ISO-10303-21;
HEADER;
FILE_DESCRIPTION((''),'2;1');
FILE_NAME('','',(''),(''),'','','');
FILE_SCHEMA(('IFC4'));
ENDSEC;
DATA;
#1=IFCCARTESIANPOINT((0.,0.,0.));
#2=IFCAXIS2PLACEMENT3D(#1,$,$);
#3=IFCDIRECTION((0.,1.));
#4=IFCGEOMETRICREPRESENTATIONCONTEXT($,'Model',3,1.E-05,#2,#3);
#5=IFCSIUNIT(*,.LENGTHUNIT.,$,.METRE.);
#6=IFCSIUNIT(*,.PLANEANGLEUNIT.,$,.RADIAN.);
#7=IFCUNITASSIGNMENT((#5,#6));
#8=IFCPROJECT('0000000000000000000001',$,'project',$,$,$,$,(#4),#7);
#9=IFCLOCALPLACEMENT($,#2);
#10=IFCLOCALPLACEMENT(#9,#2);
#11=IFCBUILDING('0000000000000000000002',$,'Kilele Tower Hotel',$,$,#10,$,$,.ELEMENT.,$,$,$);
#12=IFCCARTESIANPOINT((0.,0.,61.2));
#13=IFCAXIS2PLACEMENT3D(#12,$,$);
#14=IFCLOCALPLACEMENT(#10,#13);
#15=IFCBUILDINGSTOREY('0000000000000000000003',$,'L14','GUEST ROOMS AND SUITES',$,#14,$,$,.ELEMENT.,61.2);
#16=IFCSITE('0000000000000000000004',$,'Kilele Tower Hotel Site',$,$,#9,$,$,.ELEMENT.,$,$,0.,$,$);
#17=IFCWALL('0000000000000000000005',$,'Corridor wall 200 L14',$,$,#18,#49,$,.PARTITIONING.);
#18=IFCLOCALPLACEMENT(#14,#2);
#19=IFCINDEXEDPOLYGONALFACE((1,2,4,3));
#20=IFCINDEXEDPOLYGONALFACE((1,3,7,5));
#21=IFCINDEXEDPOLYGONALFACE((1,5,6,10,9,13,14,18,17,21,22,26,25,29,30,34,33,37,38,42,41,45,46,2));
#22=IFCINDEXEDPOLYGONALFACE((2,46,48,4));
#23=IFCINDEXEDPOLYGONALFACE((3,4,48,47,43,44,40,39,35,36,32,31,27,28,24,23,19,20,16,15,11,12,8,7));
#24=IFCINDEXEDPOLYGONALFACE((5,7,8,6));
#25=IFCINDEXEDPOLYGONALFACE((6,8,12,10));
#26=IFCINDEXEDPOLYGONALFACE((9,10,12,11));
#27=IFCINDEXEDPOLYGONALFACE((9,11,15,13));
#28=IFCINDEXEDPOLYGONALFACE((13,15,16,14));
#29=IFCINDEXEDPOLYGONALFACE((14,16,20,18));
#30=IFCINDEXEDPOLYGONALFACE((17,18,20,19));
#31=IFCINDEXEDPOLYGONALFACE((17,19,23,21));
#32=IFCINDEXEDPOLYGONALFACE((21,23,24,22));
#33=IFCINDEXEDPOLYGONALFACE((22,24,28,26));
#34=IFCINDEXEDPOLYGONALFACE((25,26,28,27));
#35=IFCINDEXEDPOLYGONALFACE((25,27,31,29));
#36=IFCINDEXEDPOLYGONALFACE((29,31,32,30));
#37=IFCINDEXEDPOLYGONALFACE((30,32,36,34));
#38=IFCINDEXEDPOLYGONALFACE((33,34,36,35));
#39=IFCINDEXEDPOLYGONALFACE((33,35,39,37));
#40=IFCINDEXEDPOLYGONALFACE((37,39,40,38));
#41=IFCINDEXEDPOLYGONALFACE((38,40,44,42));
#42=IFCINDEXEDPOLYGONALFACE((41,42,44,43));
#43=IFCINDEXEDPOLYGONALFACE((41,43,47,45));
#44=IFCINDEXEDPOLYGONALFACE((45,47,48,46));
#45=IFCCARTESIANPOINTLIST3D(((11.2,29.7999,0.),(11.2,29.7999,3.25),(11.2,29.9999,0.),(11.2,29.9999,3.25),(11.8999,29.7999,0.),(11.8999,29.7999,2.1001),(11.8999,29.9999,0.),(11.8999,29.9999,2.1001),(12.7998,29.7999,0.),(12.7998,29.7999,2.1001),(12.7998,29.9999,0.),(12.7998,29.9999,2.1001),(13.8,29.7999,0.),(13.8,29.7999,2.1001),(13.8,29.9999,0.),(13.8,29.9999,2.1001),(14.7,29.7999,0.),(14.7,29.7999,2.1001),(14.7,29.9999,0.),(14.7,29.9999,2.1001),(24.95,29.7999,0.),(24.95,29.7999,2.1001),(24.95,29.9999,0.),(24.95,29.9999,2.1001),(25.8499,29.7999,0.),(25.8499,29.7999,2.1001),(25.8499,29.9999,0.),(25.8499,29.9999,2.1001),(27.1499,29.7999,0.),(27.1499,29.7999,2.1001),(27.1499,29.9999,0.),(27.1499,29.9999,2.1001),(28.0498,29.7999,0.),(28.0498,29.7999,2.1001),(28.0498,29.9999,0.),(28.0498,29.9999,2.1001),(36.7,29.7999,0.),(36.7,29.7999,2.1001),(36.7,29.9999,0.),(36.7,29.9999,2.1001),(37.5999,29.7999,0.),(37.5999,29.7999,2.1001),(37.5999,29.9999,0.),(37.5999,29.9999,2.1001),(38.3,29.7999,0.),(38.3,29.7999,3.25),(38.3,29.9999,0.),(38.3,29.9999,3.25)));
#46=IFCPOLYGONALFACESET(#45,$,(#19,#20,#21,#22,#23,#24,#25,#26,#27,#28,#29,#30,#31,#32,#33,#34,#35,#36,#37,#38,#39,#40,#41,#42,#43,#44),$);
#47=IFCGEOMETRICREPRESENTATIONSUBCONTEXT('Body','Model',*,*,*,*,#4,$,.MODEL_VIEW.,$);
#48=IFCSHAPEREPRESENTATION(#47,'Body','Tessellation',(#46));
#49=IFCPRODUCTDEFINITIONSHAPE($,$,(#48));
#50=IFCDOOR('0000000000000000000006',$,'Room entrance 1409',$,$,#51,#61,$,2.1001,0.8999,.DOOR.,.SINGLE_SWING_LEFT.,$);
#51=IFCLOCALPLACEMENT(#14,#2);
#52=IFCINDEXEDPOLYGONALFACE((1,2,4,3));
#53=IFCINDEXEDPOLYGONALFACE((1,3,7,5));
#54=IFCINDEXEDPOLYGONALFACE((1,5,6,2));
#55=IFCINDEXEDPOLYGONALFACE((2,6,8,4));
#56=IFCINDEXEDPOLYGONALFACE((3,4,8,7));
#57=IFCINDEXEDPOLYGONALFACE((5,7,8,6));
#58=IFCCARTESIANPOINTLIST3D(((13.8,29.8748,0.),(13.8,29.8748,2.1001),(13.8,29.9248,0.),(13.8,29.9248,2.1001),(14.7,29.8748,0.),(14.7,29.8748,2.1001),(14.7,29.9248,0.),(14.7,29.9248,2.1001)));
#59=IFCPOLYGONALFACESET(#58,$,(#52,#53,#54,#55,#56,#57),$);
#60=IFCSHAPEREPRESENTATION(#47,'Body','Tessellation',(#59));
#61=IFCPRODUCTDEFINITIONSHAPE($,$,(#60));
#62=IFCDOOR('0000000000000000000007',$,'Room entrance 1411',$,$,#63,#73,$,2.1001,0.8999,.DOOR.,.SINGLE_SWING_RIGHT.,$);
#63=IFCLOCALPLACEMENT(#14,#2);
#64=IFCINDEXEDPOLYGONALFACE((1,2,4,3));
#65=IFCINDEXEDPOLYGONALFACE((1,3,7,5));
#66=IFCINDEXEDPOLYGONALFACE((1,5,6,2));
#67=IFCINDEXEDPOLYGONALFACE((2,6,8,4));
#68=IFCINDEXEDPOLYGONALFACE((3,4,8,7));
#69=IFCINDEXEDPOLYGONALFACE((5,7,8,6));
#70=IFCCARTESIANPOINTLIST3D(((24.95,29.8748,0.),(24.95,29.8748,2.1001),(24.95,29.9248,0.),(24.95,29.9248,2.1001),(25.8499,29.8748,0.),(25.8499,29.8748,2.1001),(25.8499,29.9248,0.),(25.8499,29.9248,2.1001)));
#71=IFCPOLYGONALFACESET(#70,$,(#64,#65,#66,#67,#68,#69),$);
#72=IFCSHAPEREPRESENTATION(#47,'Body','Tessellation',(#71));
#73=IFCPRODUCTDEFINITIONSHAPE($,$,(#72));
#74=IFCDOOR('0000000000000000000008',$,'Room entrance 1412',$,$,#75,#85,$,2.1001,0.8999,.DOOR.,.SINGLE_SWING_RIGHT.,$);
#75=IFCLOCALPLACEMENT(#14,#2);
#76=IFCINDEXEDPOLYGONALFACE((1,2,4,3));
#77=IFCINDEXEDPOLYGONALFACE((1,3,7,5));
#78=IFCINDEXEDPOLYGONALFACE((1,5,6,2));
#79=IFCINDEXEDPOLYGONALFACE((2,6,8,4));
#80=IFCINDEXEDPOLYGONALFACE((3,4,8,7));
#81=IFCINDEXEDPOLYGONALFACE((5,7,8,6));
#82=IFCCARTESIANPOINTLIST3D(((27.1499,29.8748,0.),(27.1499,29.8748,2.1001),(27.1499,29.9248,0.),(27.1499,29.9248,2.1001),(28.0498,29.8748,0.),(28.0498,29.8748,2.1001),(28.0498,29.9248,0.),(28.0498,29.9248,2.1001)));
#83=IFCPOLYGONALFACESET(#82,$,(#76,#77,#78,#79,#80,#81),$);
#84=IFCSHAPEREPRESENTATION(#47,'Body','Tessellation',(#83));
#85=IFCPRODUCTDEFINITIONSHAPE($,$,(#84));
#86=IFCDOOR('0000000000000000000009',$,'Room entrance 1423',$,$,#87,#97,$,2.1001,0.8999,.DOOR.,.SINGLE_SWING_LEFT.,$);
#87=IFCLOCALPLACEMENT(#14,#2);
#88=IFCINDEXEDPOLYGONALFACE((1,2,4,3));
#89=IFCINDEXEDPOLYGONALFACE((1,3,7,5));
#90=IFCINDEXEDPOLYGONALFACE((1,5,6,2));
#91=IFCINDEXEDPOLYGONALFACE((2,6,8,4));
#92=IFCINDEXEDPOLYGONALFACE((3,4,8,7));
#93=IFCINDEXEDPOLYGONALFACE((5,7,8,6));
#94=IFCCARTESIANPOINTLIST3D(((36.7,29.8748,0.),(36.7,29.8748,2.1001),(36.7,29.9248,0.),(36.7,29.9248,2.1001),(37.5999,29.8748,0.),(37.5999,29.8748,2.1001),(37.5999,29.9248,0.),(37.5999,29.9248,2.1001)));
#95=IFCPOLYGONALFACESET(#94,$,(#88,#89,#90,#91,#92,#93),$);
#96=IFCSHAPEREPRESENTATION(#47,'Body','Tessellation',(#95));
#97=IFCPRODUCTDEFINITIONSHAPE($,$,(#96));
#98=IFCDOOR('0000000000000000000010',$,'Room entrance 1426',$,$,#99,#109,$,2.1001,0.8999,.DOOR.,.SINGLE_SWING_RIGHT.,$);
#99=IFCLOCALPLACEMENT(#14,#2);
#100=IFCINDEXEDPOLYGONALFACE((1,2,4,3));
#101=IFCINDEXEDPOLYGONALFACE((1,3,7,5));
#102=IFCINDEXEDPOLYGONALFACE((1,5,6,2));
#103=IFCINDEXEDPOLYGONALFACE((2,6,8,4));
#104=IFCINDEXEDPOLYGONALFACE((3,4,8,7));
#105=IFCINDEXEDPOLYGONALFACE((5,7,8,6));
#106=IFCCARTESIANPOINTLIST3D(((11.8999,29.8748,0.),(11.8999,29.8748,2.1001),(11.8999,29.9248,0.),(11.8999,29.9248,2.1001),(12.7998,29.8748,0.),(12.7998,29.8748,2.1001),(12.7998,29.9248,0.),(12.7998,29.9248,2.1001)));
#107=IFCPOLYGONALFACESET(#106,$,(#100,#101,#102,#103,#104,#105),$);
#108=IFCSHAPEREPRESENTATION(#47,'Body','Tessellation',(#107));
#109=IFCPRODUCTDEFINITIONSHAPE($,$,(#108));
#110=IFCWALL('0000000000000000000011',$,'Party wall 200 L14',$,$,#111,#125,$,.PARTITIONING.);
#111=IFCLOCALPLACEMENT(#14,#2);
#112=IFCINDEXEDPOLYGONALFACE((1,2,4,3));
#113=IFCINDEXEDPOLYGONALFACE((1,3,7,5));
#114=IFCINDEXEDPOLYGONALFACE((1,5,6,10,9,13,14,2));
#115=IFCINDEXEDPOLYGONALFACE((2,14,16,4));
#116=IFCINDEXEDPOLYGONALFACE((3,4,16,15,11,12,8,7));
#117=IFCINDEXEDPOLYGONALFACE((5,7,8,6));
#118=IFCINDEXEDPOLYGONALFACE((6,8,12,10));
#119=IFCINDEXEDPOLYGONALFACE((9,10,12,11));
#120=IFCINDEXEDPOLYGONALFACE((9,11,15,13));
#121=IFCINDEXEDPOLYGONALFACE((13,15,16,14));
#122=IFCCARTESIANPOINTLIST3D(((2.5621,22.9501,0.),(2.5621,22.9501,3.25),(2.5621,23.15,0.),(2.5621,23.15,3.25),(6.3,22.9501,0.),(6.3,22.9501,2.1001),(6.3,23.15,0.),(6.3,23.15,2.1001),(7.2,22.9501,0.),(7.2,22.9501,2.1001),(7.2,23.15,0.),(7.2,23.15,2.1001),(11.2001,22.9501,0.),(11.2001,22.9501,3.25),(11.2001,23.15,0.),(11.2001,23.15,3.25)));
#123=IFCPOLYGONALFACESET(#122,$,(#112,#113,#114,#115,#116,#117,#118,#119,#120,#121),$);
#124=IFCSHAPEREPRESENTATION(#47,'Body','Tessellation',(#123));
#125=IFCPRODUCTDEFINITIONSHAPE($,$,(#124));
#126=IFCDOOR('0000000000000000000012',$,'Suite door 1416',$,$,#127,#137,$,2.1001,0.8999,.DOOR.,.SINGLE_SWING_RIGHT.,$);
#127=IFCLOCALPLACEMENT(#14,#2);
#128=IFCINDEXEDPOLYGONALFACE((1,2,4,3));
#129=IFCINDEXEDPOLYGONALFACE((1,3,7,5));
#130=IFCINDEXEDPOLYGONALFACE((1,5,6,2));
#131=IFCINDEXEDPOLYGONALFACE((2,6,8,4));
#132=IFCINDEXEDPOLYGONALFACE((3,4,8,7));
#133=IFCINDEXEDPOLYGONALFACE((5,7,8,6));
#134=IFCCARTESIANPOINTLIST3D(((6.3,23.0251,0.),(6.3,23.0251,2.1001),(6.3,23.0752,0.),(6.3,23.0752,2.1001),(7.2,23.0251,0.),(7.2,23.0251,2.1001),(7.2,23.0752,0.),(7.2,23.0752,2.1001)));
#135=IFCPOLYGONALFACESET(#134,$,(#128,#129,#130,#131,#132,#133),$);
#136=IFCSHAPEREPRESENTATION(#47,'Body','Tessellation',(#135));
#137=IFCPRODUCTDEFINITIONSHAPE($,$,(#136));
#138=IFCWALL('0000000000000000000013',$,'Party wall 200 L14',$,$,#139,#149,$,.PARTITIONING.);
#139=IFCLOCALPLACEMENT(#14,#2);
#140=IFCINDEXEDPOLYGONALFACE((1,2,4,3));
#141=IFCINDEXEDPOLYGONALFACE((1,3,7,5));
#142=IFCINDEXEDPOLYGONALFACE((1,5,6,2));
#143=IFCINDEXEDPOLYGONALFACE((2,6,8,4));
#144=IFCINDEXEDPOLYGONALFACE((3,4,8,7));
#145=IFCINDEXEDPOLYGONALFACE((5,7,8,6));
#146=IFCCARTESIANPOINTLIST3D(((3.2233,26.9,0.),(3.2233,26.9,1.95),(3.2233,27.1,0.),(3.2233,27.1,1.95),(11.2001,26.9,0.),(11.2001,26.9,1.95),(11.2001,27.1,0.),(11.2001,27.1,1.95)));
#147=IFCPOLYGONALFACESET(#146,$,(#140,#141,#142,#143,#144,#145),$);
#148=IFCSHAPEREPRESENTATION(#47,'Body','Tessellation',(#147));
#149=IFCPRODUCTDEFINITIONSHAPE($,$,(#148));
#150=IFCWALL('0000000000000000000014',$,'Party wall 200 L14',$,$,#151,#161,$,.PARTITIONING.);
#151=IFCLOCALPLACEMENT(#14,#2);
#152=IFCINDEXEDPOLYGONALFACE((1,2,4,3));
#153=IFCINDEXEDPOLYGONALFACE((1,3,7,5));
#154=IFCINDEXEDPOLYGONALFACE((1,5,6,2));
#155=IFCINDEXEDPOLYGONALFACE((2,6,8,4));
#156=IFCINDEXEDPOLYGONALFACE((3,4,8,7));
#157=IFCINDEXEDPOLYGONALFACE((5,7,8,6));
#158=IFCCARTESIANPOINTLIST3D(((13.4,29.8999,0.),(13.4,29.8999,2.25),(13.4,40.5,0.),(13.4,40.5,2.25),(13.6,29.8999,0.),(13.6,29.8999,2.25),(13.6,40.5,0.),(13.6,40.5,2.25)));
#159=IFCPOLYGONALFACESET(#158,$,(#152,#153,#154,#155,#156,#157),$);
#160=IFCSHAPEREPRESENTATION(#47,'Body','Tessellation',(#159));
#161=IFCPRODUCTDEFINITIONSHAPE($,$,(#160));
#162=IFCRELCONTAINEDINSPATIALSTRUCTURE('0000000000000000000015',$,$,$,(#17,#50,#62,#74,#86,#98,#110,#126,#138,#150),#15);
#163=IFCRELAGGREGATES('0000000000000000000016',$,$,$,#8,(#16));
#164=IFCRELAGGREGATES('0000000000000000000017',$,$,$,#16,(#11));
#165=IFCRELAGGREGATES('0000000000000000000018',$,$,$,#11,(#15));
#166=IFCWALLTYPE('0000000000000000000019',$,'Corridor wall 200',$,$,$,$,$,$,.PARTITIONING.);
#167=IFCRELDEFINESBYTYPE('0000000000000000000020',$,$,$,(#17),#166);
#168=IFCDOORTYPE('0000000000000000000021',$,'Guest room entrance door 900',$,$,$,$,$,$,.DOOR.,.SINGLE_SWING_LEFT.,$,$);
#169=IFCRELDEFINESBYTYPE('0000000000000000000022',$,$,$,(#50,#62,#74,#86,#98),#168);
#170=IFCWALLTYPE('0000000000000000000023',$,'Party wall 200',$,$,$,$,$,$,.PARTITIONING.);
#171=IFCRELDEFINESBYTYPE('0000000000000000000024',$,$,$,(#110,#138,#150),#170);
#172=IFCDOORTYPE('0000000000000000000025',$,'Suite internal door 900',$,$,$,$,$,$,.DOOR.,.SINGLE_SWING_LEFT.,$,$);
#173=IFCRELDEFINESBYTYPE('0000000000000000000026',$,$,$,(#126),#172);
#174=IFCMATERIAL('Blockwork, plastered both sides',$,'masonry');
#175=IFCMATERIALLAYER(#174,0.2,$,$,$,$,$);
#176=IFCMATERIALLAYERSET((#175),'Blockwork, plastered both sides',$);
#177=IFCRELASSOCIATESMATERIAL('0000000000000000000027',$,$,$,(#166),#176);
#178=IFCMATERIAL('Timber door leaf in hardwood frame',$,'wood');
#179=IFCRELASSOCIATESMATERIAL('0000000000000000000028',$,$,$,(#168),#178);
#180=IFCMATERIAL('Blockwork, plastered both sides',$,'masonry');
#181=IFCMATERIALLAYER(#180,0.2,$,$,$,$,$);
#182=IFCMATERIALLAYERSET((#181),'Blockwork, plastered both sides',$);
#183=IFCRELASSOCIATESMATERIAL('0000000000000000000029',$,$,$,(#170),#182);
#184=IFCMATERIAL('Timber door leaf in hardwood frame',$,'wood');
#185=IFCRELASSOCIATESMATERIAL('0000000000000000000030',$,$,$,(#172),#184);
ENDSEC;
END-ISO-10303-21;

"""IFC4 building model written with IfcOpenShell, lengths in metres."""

from ifc_helpers import new_model, si_unit, direction, frame, frame_2d, origin, place, context, subcontext, project, spatial, rectangle, extrude, material, layer, layer_set, type_object, element, fill, save


model = new_model("IFC4")

# Units and contexts
model_context = context("Model", 3, precision=1e-05, world=origin(), true_north=direction((0.0, 1.0)))
body_context = subcontext(model_context, "Body", "Model", "MODEL_VIEW")
ifc_project = project(units=[si_unit("LENGTHUNIT", "METRE"), si_unit("PLANEANGLEUNIT", "RADIAN")], contexts=[model_context])

# Site, building, storey
site_placement = place(None, origin())
site = spatial("IfcSite", under=ifc_project, at=site_placement, Name="Kilele Tower Hotel Site", CompositionType="ELEMENT", RefElevation=0.0)
building_placement = place(site_placement, origin())
building = spatial("IfcBuilding", under=site, at=building_placement, Name="Kilele Tower Hotel", CompositionType="ELEMENT")
storey_placement = place(building_placement, frame((0.0, 0.0, 61.2)))
storey = spatial("IfcBuildingStorey", under=building, at=storey_placement, Name="L14", Description="GUEST ROOMS AND SUITES", CompositionType="ELEMENT", Elevation=61.2)

# Wall, openings, doors
ifc_material_1 = material(Name="Blockwork, plastered both sides", Category="masonry")
ifc_layer_1 = layer(ifc_material_1, 0.2)
ifc_layer_set_1 = layer_set([ifc_layer_1], Name="Blockwork, plastered both sides")
wall_type_1 = type_object("IfcWallType", Name="Corridor wall 200", PredefinedType="PARTITIONING", material=ifc_layer_set_1)
wall_1_placement = place(storey_placement, frame((11.2, 29.8999, 0.0), z_axis=(0.0, 0.0, 1.0), x_axis=(1.0, 0.0, 0.0)))
wall_1 = element("IfcWall", 1, at=wall_1_placement, inside=storey, type_object=wall_type_1, Name="Corridor wall 200 L14", PredefinedType="PARTITIONING", context=body_context, shape_type="SweptSolid", body=[
    extrude(rectangle(XDim=27.1001, YDim=0.2, at=frame_2d((13.55, 0.0))), origin(), (0.0, 0.0, 1.0), 3.25),
])
opening_1_placement = place(wall_1_placement, frame((2.6001, 0.0, 0.0)))
opening_1 = element("IfcOpeningElement", 2, at=opening_1_placement, cuts=wall_1, PredefinedType="OPENING", context=body_context, shape_type="SweptSolid", body=[
    extrude(rectangle(XDim=0.8999, YDim=2.1001, at=frame_2d((0.45, 1.05))), frame((0.0, 0.1099, 0.0), z_axis=(0.0, -1.0, 0.0), x_axis=(1.0, 0.0, 0.0)), (0.0, 0.0, 1.0), 0.22),
])
opening_2_placement = place(wall_1_placement, frame((13.75, 0.0, 0.0)))
opening_2 = element("IfcOpeningElement", 3, at=opening_2_placement, cuts=wall_1, PredefinedType="OPENING", context=body_context, shape_type="SweptSolid", body=[
    extrude(rectangle(XDim=0.8999, YDim=2.1001, at=frame_2d((0.45, 1.05))), frame((0.0, 0.1099, 0.0), z_axis=(0.0, -1.0, 0.0), x_axis=(1.0, 0.0, 0.0)), (0.0, 0.0, 1.0), 0.22),
])
opening_3_placement = place(wall_1_placement, frame((15.95, 0.0, 0.0)))
opening_3 = element("IfcOpeningElement", 4, at=opening_3_placement, cuts=wall_1, PredefinedType="OPENING", context=body_context, shape_type="SweptSolid", body=[
    extrude(rectangle(XDim=0.8999, YDim=2.1001, at=frame_2d((0.45, 1.05))), frame((0.0, 0.1099, 0.0), z_axis=(0.0, -1.0, 0.0), x_axis=(1.0, 0.0, 0.0)), (0.0, 0.0, 1.0), 0.22),
])
opening_4_placement = place(wall_1_placement, frame((25.5, 0.0, 0.0)))
opening_4 = element("IfcOpeningElement", 5, at=opening_4_placement, cuts=wall_1, PredefinedType="OPENING", context=body_context, shape_type="SweptSolid", body=[
    extrude(rectangle(XDim=0.8999, YDim=2.1001, at=frame_2d((0.45, 1.05))), frame((0.0, 0.1099, 0.0), z_axis=(0.0, -1.0, 0.0), x_axis=(1.0, 0.0, 0.0)), (0.0, 0.0, 1.0), 0.22),
])
opening_5_placement = place(wall_1_placement, frame((0.7, 0.0, 0.0)))
opening_5 = element("IfcOpeningElement", 6, at=opening_5_placement, cuts=wall_1, PredefinedType="OPENING", context=body_context, shape_type="SweptSolid", body=[
    extrude(rectangle(XDim=0.8999, YDim=2.1001, at=frame_2d((0.45, 1.05))), frame((0.0, 0.1099, 0.0), z_axis=(0.0, -1.0, 0.0), x_axis=(1.0, 0.0, 0.0)), (0.0, 0.0, 1.0), 0.22),
])
ifc_material_2 = material(Name="Timber door leaf in hardwood frame", Category="wood")
door_type_1 = type_object("IfcDoorType", Name="Guest room entrance door 900", OperationType="SINGLE_SWING_LEFT", PredefinedType="DOOR", material=ifc_material_2)
door_1_placement = place(opening_1_placement, origin())
door_1 = element("IfcDoor", 7, at=door_1_placement, inside=storey, type_object=door_type_1, Name="Room entrance 1409", OperationType="SINGLE_SWING_LEFT", OverallHeight=2.1001, OverallWidth=0.8999, PredefinedType="DOOR", context=body_context, shape_type="SweptSolid", body=[
    extrude(rectangle(XDim=0.8999, YDim=2.1001, at=frame_2d((0.45, 1.05))), frame((0.0, 0.0249, 0.0), z_axis=(0.0, -1.0, 0.0), x_axis=(1.0, 0.0, 0.0)), (0.0, 0.0, 1.0), 0.05),
])
fill(opening_1, door_1)
door_2_placement = place(opening_2_placement, origin())
door_2 = element("IfcDoor", 8, at=door_2_placement, inside=storey, type_object=door_type_1, Name="Room entrance 1411", OperationType="SINGLE_SWING_RIGHT", OverallHeight=2.1001, OverallWidth=0.8999, PredefinedType="DOOR", context=body_context, shape_type="SweptSolid", body=[
    extrude(rectangle(XDim=0.8999, YDim=2.1001, at=frame_2d((0.45, 1.05))), frame((0.0, 0.0249, 0.0), z_axis=(0.0, -1.0, 0.0), x_axis=(1.0, 0.0, 0.0)), (0.0, 0.0, 1.0), 0.05),
])
fill(opening_2, door_2)
door_3_placement = place(opening_3_placement, origin())
door_3 = element("IfcDoor", 9, at=door_3_placement, inside=storey, type_object=door_type_1, Name="Room entrance 1412", OperationType="SINGLE_SWING_RIGHT", OverallHeight=2.1001, OverallWidth=0.8999, PredefinedType="DOOR", context=body_context, shape_type="SweptSolid", body=[
    extrude(rectangle(XDim=0.8999, YDim=2.1001, at=frame_2d((0.45, 1.05))), frame((0.0, 0.0249, 0.0), z_axis=(0.0, -1.0, 0.0), x_axis=(1.0, 0.0, 0.0)), (0.0, 0.0, 1.0), 0.05),
])
fill(opening_3, door_3)
door_4_placement = place(opening_4_placement, origin())
door_4 = element("IfcDoor", 10, at=door_4_placement, inside=storey, type_object=door_type_1, Name="Room entrance 1423", OperationType="SINGLE_SWING_LEFT", OverallHeight=2.1001, OverallWidth=0.8999, PredefinedType="DOOR", context=body_context, shape_type="SweptSolid", body=[
    extrude(rectangle(XDim=0.8999, YDim=2.1001, at=frame_2d((0.45, 1.05))), frame((0.0, 0.0249, 0.0), z_axis=(0.0, -1.0, 0.0), x_axis=(1.0, 0.0, 0.0)), (0.0, 0.0, 1.0), 0.05),
])
fill(opening_4, door_4)
door_5_placement = place(opening_5_placement, origin())
door_5 = element("IfcDoor", 11, at=door_5_placement, inside=storey, type_object=door_type_1, Name="Room entrance 1426", OperationType="SINGLE_SWING_RIGHT", OverallHeight=2.1001, OverallWidth=0.8999, PredefinedType="DOOR", context=body_context, shape_type="SweptSolid", body=[
    extrude(rectangle(XDim=0.8999, YDim=2.1001, at=frame_2d((0.45, 1.05))), frame((0.0, 0.0249, 0.0), z_axis=(0.0, -1.0, 0.0), x_axis=(1.0, 0.0, 0.0)), (0.0, 0.0, 1.0), 0.05),
])
fill(opening_5, door_5)

# Wall, opening, door
ifc_material_3 = material(Name="Blockwork, plastered both sides", Category="masonry")
ifc_layer_2 = layer(ifc_material_3, 0.2)
ifc_layer_set_2 = layer_set([ifc_layer_2], Name="Blockwork, plastered both sides")
wall_type_2 = type_object("IfcWallType", Name="Party wall 200", PredefinedType="PARTITIONING", material=ifc_layer_set_2)
wall_2_placement = place(storey_placement, frame((11.2, 23.05, 0.0), z_axis=(0.0, 0.0, 1.0), x_axis=(-1.0, 0.0, 0.0)))
wall_2 = element("IfcWall", 12, at=wall_2_placement, inside=storey, type_object=wall_type_2, Name="Party wall 200 L14", PredefinedType="PARTITIONING", context=body_context, shape_type="SweptSolid", body=[
    extrude(rectangle(XDim=8.6379, YDim=0.2, at=frame_2d((4.3188, 0.0))), origin(), (0.0, 0.0, 1.0), 3.25),
])
opening_6_placement = place(wall_2_placement, frame((4.0, 0.0, 0.0)))
opening_6 = element("IfcOpeningElement", 13, at=opening_6_placement, cuts=wall_2, PredefinedType="OPENING", context=body_context, shape_type="SweptSolid", body=[
    extrude(rectangle(XDim=0.8999, YDim=2.1001, at=frame_2d((0.45, 1.05))), frame((0.0, 0.1099, 0.0), z_axis=(0.0, -1.0, 0.0), x_axis=(1.0, 0.0, 0.0)), (0.0, 0.0, 1.0), 0.22),
])
ifc_material_4 = material(Name="Timber door leaf in hardwood frame", Category="wood")
door_type_2 = type_object("IfcDoorType", Name="Suite internal door 900", OperationType="SINGLE_SWING_LEFT", PredefinedType="DOOR", material=ifc_material_4)
door_6_placement = place(opening_6_placement, origin())
door_6 = element("IfcDoor", 14, at=door_6_placement, inside=storey, type_object=door_type_2, Name="Suite door 1416", OperationType="SINGLE_SWING_RIGHT", OverallHeight=2.1001, OverallWidth=0.8999, PredefinedType="DOOR", context=body_context, shape_type="SweptSolid", body=[
    extrude(rectangle(XDim=0.8999, YDim=2.1001, at=frame_2d((0.45, 1.05))), frame((0.0, 0.0249, 0.0), z_axis=(0.0, -1.0, 0.0), x_axis=(1.0, 0.0, 0.0)), (0.0, 0.0, 1.0), 0.05),
])
fill(opening_6, door_6)

# Walls
wall_3_placement = place(storey_placement, frame((11.2, 27.0, 0.0), z_axis=(0.0, 0.0, 1.0), x_axis=(-1.0, 0.0, 0.0)))
element("IfcWall", 15, at=wall_3_placement, inside=storey, type_object=wall_type_2, Name="Party wall 200 L14", PredefinedType="PARTITIONING", context=body_context, shape_type="SweptSolid", body=[
    extrude(rectangle(XDim=7.9768, YDim=0.2, at=frame_2d((3.9883, 0.0))), origin(), (0.0, 0.0, 1.0), 1.95),
])
wall_4_placement = place(storey_placement, frame((13.5, 29.8999, 0.0), z_axis=(0.0, 0.0, 1.0), x_axis=(0.0, 1.0, 0.0)))
element("IfcWall", 16, at=wall_4_placement, inside=storey, type_object=wall_type_2, Name="Party wall 200 L14", PredefinedType="PARTITIONING", context=body_context, shape_type="SweptSolid", body=[
    extrude(rectangle(XDim=10.6001, YDim=0.2, at=frame_2d((5.3, 0.0))), origin(), (0.0, 0.0, 1.0), 2.25),
])

save(model, "model.ifc")
